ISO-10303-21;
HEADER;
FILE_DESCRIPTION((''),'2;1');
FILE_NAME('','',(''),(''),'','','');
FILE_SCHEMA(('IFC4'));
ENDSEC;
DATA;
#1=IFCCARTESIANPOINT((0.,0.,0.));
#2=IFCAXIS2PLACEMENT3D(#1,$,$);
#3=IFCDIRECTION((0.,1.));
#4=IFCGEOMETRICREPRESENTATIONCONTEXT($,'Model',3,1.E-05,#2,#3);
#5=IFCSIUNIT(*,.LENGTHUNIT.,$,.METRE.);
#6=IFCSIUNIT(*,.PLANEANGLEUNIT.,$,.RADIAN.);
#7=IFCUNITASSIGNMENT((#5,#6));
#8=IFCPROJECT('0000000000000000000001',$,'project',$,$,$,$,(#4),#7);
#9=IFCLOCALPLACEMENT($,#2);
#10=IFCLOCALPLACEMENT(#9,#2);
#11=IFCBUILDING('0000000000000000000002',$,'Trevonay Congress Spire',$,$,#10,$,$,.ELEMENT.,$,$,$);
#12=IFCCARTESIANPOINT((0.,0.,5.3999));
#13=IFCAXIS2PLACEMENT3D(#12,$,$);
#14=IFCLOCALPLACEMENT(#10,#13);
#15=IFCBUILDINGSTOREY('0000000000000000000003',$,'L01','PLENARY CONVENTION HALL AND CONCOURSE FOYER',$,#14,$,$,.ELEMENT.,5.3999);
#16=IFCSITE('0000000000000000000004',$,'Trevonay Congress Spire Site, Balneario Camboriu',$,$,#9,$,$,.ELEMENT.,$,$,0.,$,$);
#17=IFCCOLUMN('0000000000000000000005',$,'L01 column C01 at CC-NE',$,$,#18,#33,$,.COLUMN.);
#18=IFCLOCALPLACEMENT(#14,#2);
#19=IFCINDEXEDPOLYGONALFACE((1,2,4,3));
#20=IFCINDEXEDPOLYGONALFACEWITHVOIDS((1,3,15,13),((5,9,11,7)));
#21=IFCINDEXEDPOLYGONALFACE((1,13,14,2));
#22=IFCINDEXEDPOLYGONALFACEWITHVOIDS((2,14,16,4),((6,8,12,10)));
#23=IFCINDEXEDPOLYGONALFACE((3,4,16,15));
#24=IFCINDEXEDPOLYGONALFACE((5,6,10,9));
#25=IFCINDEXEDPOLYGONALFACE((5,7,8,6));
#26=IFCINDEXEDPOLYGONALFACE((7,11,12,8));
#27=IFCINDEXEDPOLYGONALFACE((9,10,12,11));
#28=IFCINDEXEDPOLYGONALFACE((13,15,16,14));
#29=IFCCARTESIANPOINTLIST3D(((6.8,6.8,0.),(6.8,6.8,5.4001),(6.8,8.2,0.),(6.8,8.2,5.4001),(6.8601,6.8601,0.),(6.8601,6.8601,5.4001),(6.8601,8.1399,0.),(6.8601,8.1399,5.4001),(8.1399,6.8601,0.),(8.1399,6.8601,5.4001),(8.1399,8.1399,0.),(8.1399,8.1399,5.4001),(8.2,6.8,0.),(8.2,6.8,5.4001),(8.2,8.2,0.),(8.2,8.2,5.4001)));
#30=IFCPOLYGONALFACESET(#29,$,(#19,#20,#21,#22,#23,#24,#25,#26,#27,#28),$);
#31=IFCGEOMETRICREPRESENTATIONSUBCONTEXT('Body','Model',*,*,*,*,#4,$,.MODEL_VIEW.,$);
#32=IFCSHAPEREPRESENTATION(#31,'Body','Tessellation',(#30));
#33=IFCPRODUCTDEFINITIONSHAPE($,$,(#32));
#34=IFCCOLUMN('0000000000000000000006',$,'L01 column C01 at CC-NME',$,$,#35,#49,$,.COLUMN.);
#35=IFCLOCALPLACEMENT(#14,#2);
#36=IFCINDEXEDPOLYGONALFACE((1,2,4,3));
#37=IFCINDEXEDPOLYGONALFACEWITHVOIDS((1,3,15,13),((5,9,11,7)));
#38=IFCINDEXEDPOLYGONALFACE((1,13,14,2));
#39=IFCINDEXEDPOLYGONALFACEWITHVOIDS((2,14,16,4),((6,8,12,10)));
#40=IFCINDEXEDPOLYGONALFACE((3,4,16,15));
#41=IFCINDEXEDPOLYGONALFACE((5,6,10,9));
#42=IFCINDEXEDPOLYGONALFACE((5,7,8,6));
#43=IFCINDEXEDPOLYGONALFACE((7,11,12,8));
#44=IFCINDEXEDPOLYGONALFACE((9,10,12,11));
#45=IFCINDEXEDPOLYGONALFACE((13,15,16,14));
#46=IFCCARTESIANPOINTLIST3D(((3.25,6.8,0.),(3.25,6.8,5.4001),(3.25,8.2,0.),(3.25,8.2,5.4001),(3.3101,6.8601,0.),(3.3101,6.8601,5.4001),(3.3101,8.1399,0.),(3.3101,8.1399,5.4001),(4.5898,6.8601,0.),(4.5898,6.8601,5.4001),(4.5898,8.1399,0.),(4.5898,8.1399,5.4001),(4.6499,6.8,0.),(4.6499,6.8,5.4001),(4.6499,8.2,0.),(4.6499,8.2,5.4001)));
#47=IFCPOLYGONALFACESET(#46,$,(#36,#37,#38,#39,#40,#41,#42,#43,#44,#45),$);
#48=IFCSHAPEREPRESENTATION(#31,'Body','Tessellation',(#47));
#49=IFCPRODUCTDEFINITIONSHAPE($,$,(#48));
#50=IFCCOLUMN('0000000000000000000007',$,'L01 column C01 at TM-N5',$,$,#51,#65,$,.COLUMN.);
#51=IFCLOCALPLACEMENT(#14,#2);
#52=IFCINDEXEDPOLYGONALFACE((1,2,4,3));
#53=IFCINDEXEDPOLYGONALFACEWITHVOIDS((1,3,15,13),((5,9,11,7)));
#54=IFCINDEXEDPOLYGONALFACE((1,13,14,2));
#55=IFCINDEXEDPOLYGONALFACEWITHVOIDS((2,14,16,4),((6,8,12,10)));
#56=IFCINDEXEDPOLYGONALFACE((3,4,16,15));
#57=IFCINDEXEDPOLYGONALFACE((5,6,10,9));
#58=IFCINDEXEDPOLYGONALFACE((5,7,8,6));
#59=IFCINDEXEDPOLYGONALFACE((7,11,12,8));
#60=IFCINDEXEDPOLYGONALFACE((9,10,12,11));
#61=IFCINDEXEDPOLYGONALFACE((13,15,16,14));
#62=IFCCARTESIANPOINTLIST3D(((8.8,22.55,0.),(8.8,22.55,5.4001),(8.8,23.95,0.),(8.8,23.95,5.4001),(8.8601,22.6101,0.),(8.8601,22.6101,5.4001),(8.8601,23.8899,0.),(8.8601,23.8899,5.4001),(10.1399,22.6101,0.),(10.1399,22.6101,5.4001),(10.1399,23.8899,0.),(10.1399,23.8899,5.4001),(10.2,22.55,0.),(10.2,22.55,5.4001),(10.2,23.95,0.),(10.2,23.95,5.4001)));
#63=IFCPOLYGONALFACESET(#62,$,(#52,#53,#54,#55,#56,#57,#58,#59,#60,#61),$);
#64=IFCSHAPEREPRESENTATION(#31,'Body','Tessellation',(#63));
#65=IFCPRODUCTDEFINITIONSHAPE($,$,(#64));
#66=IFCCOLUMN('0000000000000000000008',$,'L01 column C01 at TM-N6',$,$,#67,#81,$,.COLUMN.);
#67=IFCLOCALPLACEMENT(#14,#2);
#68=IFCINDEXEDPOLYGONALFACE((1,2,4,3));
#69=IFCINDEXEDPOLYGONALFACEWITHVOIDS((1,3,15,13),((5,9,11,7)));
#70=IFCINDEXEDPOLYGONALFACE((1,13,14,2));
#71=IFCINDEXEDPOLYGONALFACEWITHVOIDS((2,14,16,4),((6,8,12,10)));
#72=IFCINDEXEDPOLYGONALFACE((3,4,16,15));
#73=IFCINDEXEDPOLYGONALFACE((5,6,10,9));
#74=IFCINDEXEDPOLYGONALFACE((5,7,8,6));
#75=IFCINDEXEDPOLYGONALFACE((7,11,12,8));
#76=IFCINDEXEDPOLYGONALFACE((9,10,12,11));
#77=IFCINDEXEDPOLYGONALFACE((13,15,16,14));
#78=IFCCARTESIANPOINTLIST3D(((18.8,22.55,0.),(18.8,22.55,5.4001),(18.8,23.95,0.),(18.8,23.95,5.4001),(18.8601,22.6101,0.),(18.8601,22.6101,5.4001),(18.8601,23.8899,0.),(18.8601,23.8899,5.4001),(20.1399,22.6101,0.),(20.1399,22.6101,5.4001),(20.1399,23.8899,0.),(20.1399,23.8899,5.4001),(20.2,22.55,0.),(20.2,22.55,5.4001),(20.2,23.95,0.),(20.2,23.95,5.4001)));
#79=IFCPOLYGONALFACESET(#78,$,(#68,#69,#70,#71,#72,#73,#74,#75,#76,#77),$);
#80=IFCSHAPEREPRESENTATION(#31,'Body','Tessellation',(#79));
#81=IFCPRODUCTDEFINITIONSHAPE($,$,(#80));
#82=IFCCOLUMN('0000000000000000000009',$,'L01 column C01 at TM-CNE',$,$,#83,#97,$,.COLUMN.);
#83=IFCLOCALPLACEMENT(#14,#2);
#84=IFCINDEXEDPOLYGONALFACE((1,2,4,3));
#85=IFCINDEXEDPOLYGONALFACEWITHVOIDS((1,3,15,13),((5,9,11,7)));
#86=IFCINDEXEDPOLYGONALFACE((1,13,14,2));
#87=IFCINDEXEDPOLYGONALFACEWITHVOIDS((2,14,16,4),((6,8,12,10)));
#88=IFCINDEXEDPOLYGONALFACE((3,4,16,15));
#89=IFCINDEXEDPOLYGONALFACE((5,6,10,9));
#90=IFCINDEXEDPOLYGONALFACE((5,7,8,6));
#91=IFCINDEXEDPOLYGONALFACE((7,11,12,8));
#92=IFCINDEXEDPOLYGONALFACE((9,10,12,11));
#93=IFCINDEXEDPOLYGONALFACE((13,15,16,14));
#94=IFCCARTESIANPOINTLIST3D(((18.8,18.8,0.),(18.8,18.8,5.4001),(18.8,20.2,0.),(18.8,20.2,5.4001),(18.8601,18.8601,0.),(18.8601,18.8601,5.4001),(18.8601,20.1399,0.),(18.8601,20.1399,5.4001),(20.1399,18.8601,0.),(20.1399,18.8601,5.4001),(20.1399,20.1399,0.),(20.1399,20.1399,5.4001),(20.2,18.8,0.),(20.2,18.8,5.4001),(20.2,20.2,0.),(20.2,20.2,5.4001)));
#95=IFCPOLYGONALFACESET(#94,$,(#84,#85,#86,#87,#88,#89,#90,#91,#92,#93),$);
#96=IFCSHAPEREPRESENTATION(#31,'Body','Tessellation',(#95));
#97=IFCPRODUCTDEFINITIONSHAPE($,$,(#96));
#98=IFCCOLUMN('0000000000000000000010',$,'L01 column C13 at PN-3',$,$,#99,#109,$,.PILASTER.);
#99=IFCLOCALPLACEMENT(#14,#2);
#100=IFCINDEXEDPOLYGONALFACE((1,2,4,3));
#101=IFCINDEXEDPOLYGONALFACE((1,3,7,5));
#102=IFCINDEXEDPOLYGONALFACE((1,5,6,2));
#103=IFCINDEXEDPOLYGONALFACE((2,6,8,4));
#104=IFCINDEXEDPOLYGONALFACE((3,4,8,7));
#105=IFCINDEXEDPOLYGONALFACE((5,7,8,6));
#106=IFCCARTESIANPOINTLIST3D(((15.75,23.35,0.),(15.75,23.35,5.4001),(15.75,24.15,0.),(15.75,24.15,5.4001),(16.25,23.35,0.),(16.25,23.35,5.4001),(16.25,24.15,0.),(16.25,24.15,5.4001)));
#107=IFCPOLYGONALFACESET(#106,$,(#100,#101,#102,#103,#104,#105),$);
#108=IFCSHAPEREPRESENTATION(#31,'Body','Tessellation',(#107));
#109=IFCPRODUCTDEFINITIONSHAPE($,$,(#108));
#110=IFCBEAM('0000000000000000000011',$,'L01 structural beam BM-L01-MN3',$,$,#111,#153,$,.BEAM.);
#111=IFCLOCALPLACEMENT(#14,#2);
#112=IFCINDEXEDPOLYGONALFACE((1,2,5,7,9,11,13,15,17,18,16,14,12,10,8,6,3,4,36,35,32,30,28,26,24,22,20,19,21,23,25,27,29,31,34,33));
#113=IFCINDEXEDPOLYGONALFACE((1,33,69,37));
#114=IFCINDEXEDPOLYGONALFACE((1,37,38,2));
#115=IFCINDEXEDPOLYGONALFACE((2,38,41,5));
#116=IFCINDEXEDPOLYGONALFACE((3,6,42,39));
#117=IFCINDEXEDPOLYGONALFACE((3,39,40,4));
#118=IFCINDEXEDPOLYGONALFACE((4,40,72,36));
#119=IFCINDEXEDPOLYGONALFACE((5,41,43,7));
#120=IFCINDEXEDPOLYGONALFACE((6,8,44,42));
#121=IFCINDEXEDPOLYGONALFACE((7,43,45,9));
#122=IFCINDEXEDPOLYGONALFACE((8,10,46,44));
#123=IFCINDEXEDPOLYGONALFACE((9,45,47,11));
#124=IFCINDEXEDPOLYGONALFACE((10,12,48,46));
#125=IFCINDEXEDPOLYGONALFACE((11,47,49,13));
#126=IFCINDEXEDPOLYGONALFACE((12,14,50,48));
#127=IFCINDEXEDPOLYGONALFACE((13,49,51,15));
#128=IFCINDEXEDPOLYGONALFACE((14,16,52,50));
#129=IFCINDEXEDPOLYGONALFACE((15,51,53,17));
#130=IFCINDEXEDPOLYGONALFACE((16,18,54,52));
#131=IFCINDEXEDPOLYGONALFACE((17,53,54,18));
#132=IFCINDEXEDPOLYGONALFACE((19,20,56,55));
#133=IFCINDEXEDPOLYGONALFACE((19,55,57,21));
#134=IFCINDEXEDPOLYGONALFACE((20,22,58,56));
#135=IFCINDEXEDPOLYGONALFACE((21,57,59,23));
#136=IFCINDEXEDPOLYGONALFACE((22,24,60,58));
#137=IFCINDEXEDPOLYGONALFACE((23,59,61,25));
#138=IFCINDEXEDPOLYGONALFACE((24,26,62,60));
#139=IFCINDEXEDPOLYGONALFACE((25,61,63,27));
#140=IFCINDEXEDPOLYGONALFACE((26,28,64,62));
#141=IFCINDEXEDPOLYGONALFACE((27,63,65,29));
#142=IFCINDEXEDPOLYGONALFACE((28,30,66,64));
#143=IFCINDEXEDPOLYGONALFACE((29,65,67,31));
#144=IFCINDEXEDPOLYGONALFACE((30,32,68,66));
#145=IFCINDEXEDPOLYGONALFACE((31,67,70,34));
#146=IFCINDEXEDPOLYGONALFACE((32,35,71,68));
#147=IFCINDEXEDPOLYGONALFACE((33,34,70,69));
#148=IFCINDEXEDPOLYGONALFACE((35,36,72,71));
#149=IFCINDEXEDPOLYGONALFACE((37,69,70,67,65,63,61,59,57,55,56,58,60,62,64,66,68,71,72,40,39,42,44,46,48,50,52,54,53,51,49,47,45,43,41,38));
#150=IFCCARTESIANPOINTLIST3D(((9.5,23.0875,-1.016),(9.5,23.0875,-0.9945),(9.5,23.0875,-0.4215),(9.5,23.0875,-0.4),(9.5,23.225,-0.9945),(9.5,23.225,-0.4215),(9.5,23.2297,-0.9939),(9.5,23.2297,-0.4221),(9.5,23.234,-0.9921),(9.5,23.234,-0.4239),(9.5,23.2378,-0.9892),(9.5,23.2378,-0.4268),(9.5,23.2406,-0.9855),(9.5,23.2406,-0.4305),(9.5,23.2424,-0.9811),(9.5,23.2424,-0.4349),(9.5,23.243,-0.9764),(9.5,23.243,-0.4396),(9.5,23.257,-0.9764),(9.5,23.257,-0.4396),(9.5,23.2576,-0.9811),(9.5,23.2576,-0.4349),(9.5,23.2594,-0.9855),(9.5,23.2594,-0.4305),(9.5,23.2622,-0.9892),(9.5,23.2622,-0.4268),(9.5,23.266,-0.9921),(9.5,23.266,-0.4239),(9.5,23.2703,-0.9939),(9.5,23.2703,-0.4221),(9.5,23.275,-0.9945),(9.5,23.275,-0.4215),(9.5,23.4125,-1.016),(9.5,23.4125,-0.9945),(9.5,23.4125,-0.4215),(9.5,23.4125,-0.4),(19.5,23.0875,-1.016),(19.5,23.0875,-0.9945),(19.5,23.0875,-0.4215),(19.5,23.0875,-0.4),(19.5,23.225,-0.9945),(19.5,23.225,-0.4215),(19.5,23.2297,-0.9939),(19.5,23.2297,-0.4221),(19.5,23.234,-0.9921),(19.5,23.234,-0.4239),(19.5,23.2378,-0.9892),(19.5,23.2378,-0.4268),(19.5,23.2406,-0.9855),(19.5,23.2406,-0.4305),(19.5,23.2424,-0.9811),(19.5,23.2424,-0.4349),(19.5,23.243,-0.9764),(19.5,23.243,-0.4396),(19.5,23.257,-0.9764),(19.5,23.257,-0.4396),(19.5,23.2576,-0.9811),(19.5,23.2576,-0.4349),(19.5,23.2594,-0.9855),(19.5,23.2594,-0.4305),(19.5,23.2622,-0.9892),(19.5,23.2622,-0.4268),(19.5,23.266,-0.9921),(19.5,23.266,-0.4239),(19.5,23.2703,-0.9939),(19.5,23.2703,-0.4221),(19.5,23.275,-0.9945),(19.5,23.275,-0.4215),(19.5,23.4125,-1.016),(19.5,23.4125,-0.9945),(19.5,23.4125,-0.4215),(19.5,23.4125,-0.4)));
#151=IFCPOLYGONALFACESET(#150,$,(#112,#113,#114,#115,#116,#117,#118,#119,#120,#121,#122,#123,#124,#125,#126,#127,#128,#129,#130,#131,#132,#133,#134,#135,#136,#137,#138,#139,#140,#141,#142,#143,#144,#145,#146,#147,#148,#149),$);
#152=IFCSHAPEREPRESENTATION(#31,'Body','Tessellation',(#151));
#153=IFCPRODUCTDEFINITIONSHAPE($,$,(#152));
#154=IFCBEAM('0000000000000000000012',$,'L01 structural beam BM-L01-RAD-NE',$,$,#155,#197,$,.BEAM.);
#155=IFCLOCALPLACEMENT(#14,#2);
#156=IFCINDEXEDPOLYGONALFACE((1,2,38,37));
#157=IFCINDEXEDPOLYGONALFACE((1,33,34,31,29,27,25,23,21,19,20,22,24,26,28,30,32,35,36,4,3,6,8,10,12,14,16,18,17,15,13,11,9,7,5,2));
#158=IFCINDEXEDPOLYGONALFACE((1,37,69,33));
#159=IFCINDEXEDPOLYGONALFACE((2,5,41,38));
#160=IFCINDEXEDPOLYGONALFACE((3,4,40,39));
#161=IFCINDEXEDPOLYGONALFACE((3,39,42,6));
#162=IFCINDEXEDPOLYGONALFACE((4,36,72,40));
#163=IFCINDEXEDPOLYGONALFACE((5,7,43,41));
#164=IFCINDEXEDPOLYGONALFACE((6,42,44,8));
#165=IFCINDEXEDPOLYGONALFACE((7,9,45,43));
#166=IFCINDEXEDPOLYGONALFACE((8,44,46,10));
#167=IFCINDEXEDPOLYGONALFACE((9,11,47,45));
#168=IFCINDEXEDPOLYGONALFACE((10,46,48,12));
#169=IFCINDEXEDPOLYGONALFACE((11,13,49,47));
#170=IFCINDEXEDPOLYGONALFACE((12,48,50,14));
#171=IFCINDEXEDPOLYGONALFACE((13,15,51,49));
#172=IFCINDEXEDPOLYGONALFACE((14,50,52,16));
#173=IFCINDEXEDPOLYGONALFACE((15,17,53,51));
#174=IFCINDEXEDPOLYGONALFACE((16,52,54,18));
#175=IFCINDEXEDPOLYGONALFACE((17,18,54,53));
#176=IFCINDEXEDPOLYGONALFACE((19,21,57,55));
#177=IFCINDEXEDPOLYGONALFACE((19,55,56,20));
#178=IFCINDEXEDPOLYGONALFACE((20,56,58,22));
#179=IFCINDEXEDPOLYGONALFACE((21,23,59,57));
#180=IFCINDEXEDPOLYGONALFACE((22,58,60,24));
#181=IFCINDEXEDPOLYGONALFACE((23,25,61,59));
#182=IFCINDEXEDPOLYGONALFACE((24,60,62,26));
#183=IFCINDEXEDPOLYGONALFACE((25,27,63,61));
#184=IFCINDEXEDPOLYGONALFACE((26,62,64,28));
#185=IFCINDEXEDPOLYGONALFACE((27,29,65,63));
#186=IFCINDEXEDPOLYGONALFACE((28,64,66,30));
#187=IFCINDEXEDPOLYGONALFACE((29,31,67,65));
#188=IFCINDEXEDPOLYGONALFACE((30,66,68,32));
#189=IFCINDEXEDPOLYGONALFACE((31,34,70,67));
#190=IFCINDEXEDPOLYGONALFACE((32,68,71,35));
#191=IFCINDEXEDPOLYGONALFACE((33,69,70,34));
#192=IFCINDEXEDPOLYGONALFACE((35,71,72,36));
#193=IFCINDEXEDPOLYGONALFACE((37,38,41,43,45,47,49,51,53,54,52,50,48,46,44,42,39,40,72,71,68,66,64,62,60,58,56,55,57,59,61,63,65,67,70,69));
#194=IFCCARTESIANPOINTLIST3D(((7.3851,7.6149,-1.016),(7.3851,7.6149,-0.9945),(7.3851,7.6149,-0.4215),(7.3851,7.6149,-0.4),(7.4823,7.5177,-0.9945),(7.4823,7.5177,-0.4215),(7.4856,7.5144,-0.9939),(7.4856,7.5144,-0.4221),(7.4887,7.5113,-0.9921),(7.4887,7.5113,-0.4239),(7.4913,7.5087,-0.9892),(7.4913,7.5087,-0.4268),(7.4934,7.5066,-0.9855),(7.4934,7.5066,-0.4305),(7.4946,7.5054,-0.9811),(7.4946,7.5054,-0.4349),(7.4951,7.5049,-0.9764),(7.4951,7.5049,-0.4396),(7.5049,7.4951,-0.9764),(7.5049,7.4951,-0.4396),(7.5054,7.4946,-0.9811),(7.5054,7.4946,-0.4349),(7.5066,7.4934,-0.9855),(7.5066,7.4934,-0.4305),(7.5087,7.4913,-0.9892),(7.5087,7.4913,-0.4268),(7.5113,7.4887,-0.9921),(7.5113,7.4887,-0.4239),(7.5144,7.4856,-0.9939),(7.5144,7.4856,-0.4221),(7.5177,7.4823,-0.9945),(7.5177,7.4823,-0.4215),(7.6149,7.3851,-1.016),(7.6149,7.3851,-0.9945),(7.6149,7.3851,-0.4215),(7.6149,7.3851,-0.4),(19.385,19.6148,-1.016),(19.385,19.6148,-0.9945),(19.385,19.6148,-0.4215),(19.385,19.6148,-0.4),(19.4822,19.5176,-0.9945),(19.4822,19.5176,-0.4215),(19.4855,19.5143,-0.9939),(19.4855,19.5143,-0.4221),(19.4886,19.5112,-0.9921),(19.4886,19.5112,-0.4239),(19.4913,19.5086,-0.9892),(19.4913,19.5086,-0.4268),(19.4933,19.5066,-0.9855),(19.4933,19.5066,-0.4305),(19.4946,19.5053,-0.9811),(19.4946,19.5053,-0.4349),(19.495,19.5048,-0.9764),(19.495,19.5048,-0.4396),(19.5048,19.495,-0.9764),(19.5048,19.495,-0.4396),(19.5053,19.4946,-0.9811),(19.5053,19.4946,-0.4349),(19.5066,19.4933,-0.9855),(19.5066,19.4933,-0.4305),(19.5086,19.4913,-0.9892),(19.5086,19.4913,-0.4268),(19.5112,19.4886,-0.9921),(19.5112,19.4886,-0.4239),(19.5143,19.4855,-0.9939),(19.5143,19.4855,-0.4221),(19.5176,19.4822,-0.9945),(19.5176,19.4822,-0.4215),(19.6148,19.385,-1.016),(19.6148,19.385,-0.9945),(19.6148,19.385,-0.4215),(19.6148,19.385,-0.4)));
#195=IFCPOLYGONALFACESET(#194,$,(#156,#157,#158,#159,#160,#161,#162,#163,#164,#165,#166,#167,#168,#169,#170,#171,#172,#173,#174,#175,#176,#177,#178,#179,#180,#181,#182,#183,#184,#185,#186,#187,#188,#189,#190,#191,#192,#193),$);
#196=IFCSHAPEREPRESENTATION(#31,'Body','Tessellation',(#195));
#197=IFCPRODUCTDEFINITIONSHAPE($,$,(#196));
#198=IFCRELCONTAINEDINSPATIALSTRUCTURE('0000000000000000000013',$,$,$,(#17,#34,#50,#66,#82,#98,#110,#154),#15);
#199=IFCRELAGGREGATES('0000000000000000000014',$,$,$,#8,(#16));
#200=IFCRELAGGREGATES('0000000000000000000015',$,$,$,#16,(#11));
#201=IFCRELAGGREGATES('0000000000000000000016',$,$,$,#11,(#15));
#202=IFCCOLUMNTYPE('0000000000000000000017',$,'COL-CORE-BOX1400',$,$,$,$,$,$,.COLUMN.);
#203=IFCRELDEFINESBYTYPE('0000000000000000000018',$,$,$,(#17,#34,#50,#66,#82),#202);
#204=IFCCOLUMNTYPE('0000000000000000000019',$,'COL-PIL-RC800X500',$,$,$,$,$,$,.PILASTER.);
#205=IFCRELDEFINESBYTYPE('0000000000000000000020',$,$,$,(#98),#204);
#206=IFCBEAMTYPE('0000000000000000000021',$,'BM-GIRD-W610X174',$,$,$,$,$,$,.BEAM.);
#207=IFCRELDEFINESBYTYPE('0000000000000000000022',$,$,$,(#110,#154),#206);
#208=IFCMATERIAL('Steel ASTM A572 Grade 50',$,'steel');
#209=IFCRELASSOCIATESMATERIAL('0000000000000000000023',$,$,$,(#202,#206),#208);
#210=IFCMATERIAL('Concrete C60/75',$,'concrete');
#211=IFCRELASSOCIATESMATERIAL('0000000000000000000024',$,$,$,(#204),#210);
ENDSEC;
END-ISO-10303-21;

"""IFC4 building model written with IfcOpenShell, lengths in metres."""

from ifc_helpers import new_model, si_unit, direction, frame, origin, origin_2d, place, context, subcontext, project, spatial, rectangle, hollow_rectangle, i_section, extrude, material, material_profile, profile_set, type_object, element, save


model = new_model("IFC4")

# Units and contexts
model_context = context("Model", 3, precision=1e-05, world=origin(), true_north=direction((0.0, 1.0)))
body_context = subcontext(model_context, "Body", "Model", "MODEL_VIEW")
ifc_project = project(units=[si_unit("LENGTHUNIT", "METRE"), si_unit("PLANEANGLEUNIT", "RADIAN")], contexts=[model_context])

# Site, building, storey
site_placement = place(None, origin())
site = spatial("IfcSite", under=ifc_project, at=site_placement, Name="Trevonay Congress Spire Site, Balneario Camboriu", CompositionType="ELEMENT", RefElevation=0.0)
building_placement = place(site_placement, origin())
building = spatial("IfcBuilding", under=site, at=building_placement, Name="Trevonay Congress Spire", CompositionType="ELEMENT")
storey_placement = place(building_placement, frame((0.0, 0.0, 5.3999)))
storey = spatial("IfcBuildingStorey", under=building, at=storey_placement, Name="L01", Description="PLENARY CONVENTION HALL AND CONCOURSE FOYER", CompositionType="ELEMENT", Elevation=5.3999)

# Columns
ifc_material_1 = material(Name="Steel ASTM A572 Grade 50", Category="steel")
ifc_material_profile_1 = material_profile(ifc_material_1, hollow_rectangle(XDim=1.3999, YDim=1.3999, WallThickness=0.0601, at=origin_2d()), Name="BOX 1400x1400x60")
ifc_profile_set_1 = profile_set([ifc_material_profile_1], Name="Steel ASTM A572 Grade 50")
column_type_1 = type_object("IfcColumnType", Name="COL-CORE-BOX1400", PredefinedType="COLUMN", material=ifc_profile_set_1)
for number, where, z_axis, x_axis, name in (
    (1, (7.5, 7.5, 0.0), (0.0, 0.0, 1.0), (1.0, 0.0, 0.0), "L01 column C01 at CC-NE"),
    (2, (3.95, 7.5, 0.0), (0.0, 0.0, 1.0), (1.0, 0.0, 0.0), "L01 column C01 at CC-NME"),
    (3, (9.5, 23.25, 0.0), (0.0, 0.0, 1.0), (1.0, 0.0, 0.0), "L01 column C01 at TM-N5"),
    (4, (19.5, 23.25, 0.0), (0.0, 0.0, 1.0), (1.0, 0.0, 0.0), "L01 column C01 at TM-N6"),
    (5, (19.5, 19.5, 0.0), (0.0, 0.0, 1.0), (1.0, 0.0, 0.0), "L01 column C01 at TM-CNE"),
):
    element("IfcColumn", number, at=place(storey_placement, frame(where, z_axis=z_axis, x_axis=x_axis)), inside=storey, type_object=column_type_1, Name=name, PredefinedType="COLUMN", context=body_context, shape_type="SweptSolid", body=[
        extrude(hollow_rectangle(XDim=1.3999, YDim=1.3999, WallThickness=0.0601, at=origin_2d()), origin(), (0.0, 0.0, 1.0), 5.4001),
    ])
ifc_material_2 = material(Name="Concrete C60/75", Category="concrete")
ifc_material_profile_2 = material_profile(ifc_material_2, rectangle(XDim=0.5, YDim=0.8, at=origin_2d()), Name="RC 800x500")
ifc_profile_set_2 = profile_set([ifc_material_profile_2], Name="Concrete C60/75")
column_type_2 = type_object("IfcColumnType", Name="COL-PIL-RC800X500", PredefinedType="PILASTER", material=ifc_profile_set_2)
column_placement = place(storey_placement, frame((16.0, 23.75, 0.0), z_axis=(0.0, 0.0, 1.0), x_axis=(1.0, 0.0, 0.0)))
element("IfcColumn", 6, at=column_placement, inside=storey, type_object=column_type_2, Name="L01 column C13 at PN-3", PredefinedType="PILASTER", context=body_context, shape_type="SweptSolid", body=[
    extrude(rectangle(XDim=0.5, YDim=0.8, at=origin_2d()), origin(), (0.0, 0.0, 1.0), 5.4001),
])

# Beams
ifc_material_profile_3 = material_profile(ifc_material_1, i_section(OverallWidth=0.325, OverallDepth=0.616, WebThickness=0.0139, FlangeThickness=0.0215, FilletRadius=0.0181, at=origin_2d()), Name="W610x174")
ifc_profile_set_3 = profile_set([ifc_material_profile_3], Name="Steel ASTM A572 Grade 50")
beam_type_1 = type_object("IfcBeamType", Name="BM-GIRD-W610X174", PredefinedType="BEAM", material=ifc_profile_set_3)
beam_1_placement = place(storey_placement, frame((9.5, 23.25, -0.708), z_axis=(1.0, 0.0, 0.0), x_axis=(0.0, 1.0, 0.0)))
element("IfcBeam", 7, at=beam_1_placement, inside=storey, type_object=beam_type_1, Name="L01 structural beam BM-L01-MN3", PredefinedType="BEAM", context=body_context, shape_type="SweptSolid", body=[
    extrude(i_section(OverallWidth=0.325, OverallDepth=0.616, WebThickness=0.0139, FlangeThickness=0.0215, FilletRadius=0.0181, at=origin_2d()), origin(), (0.0, 0.0, 1.0), 10.0),
])
beam_2_placement = place(storey_placement, frame((7.5, 7.5, -0.708), z_axis=(0.707107, 0.707107, 0.0), x_axis=(-0.707107, 0.707107, 0.0)))
element("IfcBeam", 8, at=beam_2_placement, inside=storey, type_object=beam_type_1, Name="L01 structural beam BM-L01-RAD-NE", PredefinedType="BEAM", context=body_context, shape_type="SweptSolid", body=[
    extrude(i_section(OverallWidth=0.325, OverallDepth=0.616, WebThickness=0.0139, FlangeThickness=0.0215, FilletRadius=0.0181, at=origin_2d()), origin(), (0.0, 0.0, 1.0), 16.9705),
])

save(model, "model.ifc")
